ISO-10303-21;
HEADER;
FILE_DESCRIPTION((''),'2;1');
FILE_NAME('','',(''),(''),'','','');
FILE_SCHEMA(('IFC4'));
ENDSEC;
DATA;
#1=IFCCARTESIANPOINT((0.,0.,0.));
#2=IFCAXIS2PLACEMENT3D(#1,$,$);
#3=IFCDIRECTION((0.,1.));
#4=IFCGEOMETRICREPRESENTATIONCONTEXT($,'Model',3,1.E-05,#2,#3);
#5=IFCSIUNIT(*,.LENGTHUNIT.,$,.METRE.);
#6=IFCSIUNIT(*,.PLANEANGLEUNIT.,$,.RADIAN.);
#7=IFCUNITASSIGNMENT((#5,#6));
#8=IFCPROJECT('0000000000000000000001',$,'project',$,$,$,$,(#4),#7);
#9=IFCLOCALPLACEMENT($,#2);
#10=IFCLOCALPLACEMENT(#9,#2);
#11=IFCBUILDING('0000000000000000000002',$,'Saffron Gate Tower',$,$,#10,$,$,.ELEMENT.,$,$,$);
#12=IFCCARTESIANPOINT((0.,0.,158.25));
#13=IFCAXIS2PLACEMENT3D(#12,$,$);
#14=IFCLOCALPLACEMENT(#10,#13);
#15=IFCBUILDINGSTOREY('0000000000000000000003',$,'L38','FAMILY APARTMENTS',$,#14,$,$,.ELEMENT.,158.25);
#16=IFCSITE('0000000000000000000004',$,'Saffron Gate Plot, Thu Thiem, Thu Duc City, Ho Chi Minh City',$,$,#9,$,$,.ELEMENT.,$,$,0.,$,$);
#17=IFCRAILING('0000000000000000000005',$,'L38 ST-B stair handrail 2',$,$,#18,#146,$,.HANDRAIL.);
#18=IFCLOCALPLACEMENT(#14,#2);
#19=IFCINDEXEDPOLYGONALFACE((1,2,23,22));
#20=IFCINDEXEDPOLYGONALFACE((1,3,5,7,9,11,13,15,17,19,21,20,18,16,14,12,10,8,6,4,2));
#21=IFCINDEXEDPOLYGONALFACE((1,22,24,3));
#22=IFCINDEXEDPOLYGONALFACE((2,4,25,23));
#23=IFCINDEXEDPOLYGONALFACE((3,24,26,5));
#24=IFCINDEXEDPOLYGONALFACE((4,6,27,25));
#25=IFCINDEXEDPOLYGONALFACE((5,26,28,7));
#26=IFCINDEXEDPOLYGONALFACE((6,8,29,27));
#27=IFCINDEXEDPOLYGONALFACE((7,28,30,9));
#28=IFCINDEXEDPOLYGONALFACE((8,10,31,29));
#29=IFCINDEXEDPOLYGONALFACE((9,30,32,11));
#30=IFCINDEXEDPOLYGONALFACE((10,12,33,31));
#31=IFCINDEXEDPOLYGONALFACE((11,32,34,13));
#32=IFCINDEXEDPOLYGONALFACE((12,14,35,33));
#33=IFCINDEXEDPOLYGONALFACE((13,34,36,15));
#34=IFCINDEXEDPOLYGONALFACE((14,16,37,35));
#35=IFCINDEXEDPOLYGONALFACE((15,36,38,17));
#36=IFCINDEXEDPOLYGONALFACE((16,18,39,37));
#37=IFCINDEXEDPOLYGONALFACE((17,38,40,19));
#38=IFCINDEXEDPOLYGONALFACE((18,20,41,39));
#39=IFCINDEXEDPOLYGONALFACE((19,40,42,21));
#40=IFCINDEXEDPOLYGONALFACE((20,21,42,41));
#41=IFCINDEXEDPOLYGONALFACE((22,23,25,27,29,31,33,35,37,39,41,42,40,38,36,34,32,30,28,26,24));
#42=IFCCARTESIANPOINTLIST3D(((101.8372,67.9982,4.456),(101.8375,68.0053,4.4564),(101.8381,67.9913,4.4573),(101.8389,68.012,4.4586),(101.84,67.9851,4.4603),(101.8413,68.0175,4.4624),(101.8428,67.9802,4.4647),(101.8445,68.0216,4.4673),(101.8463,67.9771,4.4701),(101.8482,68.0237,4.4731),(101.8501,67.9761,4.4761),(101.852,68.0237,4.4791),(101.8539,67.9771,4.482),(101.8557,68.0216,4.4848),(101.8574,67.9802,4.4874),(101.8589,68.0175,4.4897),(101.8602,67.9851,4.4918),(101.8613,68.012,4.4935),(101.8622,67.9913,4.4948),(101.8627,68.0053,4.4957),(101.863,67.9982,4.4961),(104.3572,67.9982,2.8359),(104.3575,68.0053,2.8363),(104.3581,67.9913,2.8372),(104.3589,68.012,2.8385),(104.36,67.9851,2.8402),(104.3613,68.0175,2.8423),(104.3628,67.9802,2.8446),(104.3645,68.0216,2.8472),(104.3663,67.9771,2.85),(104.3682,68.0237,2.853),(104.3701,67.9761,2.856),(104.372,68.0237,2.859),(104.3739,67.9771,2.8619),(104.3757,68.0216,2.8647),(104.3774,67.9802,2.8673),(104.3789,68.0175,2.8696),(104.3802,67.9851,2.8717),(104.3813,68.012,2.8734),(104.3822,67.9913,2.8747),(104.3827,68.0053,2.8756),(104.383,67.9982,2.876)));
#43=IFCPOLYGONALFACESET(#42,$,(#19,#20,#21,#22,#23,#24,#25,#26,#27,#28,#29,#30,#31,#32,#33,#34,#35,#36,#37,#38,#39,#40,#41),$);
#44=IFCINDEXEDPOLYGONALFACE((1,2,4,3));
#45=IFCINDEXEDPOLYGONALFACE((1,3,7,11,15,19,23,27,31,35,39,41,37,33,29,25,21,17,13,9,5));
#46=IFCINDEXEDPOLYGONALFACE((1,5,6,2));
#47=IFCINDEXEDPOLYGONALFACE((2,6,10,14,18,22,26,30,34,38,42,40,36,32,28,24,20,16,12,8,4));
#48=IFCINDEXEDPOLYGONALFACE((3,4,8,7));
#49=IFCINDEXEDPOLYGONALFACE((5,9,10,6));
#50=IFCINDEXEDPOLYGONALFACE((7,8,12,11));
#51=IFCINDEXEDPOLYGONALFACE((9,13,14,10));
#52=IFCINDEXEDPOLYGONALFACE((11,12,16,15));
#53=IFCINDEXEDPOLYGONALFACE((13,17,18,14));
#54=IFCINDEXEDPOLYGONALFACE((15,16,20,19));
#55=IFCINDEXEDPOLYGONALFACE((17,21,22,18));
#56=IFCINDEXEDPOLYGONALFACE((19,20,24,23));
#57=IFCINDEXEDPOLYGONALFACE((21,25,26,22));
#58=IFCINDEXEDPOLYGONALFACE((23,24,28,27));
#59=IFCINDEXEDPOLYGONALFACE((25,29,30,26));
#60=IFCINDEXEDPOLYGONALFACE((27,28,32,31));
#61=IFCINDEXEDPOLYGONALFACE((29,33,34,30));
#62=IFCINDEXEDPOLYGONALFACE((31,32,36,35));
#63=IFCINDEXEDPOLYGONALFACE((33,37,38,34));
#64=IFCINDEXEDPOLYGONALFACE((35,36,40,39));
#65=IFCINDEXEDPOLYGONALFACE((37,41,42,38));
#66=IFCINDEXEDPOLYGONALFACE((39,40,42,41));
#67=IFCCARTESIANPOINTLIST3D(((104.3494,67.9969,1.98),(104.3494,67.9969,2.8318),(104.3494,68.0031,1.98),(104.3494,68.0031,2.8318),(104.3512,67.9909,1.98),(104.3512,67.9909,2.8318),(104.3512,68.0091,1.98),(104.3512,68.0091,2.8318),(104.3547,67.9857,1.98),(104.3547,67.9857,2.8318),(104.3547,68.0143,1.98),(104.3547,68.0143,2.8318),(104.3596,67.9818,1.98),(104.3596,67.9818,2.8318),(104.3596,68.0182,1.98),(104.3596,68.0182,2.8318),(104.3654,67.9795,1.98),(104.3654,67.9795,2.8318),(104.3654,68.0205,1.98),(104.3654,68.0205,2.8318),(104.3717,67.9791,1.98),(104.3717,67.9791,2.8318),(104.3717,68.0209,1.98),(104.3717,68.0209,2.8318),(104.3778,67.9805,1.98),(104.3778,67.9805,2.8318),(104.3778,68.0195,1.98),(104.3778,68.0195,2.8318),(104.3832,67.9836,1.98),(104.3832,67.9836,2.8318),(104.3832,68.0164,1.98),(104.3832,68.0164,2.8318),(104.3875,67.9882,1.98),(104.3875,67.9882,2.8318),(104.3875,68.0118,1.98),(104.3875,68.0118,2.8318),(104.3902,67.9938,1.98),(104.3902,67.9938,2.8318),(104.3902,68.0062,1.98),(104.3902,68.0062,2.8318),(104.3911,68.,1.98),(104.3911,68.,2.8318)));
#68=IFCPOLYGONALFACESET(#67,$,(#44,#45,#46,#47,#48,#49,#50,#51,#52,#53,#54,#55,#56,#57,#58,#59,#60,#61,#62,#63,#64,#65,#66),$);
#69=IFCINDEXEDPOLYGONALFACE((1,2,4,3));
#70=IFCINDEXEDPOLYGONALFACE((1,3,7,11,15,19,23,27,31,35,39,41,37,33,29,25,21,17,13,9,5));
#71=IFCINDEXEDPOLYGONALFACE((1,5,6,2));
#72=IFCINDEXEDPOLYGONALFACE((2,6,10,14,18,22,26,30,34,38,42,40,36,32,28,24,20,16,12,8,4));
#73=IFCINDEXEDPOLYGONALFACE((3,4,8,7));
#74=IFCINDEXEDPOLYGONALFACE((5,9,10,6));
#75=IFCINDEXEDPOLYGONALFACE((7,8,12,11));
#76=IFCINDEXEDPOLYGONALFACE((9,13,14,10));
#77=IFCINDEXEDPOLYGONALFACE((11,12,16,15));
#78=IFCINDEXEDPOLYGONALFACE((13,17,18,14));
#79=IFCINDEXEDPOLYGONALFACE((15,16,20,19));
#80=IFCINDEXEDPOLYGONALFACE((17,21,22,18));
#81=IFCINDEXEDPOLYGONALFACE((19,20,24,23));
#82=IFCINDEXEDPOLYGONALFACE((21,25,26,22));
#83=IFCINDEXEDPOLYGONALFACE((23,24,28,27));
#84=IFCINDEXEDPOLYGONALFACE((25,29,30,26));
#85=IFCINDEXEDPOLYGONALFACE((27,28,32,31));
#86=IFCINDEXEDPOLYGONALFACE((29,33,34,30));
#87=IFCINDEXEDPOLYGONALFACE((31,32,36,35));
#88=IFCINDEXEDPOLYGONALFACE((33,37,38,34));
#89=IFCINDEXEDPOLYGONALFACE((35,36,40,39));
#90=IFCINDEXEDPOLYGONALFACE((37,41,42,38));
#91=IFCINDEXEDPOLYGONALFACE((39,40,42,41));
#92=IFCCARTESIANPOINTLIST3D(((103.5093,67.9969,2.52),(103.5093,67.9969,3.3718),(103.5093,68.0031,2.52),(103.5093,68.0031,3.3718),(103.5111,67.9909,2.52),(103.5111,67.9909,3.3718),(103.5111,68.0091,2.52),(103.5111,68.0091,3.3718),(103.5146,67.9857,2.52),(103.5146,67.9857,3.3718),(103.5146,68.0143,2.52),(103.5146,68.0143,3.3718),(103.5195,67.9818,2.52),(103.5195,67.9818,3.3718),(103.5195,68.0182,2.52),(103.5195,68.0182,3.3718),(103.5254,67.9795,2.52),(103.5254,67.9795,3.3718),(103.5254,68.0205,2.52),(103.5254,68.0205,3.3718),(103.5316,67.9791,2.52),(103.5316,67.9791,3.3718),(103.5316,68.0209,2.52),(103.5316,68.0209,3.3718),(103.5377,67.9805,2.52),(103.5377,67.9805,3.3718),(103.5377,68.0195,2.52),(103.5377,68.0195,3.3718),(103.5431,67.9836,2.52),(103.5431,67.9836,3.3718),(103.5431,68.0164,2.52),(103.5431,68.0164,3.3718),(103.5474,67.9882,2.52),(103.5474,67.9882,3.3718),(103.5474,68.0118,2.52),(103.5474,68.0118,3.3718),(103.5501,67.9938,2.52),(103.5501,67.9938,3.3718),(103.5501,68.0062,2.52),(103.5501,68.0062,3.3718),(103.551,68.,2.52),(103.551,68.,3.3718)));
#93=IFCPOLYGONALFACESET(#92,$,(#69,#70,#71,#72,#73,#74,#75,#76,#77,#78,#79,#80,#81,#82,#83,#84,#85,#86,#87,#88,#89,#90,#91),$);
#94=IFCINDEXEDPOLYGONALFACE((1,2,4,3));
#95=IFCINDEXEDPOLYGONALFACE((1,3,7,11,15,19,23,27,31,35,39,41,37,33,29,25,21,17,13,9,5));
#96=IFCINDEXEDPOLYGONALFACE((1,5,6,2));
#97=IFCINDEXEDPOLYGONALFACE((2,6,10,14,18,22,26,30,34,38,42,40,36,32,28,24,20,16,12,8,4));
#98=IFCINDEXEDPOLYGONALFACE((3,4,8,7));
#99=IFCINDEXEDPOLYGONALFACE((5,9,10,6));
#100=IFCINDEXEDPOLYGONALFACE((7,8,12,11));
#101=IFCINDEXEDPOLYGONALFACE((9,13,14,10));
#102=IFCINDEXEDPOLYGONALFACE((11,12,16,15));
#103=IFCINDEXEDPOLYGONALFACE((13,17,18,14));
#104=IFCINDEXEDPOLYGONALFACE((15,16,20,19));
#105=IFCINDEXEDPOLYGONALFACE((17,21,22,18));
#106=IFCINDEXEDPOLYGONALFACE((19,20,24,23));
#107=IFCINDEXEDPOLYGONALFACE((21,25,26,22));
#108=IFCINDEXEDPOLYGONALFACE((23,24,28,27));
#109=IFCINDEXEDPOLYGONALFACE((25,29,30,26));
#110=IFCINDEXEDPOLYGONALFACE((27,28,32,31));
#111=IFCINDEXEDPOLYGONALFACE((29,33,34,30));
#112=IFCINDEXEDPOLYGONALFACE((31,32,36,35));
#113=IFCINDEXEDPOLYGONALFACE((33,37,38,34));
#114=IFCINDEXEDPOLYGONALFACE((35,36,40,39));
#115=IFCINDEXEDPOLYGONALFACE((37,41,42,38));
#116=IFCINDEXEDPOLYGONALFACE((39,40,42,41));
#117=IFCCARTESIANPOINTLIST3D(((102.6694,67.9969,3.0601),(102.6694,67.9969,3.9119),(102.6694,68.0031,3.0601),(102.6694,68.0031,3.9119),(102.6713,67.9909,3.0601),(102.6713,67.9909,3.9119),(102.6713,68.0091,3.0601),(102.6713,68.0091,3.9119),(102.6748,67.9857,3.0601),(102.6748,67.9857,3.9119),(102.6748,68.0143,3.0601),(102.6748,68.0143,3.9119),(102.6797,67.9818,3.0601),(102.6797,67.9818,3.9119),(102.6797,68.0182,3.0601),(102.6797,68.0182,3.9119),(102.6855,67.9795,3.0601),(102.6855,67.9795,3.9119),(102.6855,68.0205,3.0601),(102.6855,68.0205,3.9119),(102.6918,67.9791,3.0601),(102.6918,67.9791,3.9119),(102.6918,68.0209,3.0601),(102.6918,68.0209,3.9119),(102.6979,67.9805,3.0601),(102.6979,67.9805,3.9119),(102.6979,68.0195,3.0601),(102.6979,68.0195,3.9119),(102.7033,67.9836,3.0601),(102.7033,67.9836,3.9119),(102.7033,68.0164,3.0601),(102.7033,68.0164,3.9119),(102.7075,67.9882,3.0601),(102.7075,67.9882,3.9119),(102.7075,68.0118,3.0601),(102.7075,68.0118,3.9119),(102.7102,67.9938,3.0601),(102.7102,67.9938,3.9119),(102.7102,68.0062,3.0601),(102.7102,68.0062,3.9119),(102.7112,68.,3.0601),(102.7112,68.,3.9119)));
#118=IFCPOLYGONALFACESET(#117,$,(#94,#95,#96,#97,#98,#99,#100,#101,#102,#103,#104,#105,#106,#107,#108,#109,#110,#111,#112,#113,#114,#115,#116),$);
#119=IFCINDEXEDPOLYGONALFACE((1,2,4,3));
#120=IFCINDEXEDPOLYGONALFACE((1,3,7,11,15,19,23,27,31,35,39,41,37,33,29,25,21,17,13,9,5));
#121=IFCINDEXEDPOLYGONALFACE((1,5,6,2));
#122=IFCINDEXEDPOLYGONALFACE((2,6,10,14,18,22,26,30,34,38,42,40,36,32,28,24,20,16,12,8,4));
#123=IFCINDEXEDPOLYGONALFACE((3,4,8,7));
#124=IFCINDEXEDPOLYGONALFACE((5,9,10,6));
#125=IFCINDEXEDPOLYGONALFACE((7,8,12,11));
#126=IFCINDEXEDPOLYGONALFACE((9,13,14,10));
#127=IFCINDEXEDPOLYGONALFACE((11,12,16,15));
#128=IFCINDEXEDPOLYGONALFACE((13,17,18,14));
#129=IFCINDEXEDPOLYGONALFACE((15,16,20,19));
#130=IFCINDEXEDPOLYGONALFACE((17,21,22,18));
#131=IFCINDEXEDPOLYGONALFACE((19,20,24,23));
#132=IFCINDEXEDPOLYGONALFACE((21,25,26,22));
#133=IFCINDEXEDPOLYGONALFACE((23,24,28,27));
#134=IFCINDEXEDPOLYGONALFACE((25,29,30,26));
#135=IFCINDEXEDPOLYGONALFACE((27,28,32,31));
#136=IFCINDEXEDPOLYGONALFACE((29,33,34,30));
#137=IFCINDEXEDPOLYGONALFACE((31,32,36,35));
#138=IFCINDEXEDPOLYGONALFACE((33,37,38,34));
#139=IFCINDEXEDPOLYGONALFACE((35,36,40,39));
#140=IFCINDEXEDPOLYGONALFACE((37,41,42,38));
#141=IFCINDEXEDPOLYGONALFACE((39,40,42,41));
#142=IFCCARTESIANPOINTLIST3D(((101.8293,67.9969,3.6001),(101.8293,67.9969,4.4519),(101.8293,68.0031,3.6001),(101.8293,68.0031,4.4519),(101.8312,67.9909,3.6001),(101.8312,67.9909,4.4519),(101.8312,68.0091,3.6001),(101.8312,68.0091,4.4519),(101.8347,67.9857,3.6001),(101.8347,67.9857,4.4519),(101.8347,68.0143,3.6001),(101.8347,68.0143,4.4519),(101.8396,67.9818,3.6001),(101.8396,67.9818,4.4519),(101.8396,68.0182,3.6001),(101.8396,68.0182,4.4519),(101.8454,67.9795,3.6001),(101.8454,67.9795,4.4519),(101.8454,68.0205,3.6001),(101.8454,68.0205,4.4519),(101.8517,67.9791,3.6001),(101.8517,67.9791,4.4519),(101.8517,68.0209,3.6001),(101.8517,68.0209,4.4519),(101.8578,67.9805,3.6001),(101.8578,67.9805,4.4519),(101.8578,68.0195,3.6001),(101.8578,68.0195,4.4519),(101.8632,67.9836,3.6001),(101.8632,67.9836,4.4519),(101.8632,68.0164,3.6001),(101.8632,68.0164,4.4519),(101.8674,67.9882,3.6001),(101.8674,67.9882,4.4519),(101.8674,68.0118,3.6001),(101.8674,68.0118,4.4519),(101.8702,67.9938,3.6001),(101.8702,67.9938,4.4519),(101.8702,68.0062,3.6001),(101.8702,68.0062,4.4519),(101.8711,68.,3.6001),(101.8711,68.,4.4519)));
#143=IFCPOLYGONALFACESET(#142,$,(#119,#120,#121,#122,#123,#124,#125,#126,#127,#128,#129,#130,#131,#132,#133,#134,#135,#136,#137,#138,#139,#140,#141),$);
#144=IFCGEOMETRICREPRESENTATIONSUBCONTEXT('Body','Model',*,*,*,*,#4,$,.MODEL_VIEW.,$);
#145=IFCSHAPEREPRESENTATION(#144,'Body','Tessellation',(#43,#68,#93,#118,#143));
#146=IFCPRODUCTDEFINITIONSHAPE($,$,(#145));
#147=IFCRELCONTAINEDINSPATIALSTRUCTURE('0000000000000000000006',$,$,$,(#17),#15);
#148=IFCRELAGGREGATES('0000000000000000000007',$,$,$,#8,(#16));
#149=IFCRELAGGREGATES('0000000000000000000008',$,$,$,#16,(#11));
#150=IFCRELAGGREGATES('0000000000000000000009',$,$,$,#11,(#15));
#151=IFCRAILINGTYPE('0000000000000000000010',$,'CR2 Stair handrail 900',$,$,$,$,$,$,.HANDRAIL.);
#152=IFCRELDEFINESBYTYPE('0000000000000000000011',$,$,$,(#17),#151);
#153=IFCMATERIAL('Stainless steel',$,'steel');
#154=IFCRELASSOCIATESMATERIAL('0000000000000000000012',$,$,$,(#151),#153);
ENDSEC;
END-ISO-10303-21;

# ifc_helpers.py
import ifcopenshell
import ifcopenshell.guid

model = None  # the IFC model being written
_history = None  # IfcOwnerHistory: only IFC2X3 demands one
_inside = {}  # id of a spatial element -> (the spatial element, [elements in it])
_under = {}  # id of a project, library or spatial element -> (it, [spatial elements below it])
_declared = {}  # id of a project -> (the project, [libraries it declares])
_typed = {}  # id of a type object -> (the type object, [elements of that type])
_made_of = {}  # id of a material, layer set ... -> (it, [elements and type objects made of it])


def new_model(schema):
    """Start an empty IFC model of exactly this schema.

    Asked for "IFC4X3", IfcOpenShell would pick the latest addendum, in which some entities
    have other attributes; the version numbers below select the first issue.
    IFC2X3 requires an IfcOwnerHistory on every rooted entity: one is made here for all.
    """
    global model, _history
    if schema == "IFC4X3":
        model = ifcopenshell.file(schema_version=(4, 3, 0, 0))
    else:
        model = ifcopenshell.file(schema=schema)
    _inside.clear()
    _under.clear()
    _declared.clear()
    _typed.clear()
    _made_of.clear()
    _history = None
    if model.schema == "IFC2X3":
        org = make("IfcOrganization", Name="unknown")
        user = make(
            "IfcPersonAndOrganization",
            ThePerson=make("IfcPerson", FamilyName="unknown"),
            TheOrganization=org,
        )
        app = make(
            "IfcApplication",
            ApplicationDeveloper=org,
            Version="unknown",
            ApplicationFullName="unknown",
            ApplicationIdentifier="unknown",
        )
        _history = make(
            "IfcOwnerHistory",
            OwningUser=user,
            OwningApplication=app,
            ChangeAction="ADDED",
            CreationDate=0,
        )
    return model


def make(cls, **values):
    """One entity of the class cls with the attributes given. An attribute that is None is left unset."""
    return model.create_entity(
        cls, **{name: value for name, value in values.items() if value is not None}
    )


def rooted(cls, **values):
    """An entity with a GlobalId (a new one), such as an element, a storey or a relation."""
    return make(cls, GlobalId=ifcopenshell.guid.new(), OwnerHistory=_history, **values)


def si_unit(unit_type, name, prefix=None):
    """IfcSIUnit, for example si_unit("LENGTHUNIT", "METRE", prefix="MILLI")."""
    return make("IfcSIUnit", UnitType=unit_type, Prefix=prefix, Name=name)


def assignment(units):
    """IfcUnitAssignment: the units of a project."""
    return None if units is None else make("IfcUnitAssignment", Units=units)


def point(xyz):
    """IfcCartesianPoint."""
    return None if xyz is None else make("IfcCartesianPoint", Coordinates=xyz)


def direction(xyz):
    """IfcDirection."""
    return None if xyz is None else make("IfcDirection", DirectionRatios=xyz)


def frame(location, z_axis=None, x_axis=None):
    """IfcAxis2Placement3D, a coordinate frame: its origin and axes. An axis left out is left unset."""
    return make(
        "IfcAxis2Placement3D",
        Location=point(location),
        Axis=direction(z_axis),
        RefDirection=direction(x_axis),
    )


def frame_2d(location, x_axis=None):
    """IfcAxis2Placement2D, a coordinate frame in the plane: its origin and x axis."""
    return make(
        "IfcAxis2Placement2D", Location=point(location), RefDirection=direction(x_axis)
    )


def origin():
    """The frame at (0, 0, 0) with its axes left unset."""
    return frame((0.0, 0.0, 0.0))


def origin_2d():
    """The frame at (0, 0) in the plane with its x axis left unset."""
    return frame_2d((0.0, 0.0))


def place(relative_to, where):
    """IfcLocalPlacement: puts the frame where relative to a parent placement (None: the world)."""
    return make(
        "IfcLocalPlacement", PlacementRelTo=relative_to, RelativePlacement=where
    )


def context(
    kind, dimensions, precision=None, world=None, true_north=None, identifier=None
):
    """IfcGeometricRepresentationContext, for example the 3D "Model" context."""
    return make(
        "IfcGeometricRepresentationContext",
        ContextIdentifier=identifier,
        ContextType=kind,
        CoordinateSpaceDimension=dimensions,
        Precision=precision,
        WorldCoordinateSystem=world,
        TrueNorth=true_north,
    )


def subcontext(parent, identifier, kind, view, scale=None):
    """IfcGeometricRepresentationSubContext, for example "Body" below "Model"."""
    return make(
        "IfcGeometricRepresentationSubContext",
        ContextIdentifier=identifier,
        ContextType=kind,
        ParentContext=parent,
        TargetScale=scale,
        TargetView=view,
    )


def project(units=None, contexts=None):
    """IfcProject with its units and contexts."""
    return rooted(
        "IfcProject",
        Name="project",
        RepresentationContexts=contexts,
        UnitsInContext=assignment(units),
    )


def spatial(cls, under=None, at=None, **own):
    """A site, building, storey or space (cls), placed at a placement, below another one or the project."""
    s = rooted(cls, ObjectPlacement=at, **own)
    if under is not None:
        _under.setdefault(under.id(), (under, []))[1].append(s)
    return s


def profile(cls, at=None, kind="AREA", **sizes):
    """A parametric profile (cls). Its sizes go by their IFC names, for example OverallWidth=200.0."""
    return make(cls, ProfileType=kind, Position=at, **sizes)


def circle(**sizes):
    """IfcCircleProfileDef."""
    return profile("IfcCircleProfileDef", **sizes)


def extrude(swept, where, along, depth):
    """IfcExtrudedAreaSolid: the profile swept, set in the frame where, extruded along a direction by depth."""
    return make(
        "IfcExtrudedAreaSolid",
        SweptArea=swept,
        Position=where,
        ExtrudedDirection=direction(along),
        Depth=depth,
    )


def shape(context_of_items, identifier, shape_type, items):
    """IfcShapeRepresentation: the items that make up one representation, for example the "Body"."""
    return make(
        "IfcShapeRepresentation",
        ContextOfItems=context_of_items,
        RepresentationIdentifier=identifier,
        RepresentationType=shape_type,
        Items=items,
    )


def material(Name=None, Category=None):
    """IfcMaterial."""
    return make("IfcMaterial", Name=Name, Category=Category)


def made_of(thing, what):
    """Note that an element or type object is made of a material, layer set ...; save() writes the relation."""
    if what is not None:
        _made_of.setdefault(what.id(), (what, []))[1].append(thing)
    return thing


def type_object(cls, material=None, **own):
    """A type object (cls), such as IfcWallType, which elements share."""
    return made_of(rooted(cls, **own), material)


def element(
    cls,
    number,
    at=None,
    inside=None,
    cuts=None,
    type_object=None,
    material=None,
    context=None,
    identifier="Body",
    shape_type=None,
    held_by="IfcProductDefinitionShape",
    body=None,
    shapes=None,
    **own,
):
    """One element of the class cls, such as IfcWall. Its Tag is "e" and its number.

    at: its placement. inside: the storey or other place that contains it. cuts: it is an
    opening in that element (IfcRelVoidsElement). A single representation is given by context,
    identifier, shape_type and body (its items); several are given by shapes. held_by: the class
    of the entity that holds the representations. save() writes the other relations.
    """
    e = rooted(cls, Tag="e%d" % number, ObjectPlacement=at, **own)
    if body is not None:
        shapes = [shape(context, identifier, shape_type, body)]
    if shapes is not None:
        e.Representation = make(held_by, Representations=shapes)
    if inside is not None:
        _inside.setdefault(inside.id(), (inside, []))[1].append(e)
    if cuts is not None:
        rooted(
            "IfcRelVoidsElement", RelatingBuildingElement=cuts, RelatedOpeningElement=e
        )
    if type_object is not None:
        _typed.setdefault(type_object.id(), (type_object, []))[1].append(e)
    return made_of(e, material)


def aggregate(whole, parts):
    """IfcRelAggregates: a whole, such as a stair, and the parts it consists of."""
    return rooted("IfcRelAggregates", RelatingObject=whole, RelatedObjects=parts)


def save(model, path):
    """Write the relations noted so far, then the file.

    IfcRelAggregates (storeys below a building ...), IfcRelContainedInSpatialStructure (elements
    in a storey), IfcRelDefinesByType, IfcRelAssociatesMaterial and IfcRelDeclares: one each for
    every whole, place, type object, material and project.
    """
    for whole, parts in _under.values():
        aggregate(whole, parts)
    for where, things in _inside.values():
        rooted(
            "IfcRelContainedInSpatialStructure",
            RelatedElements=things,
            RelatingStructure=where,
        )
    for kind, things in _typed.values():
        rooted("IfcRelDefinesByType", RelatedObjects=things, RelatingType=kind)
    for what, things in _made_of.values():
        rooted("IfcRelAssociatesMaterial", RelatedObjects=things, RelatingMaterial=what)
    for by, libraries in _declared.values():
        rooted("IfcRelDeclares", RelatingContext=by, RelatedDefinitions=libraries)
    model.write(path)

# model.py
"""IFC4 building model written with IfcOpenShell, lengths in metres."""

from ifc_helpers import new_model, si_unit, direction, frame, origin, origin_2d, place, context, subcontext, project, spatial, circle, extrude, material, type_object, element, save


model = new_model("IFC4")

# Units and contexts
model_context = context("Model", 3, precision=1e-05, world=origin(), true_north=direction((0.0, 1.0)))
body_context = subcontext(model_context, "Body", "Model", "MODEL_VIEW")
ifc_project = project(units=[si_unit("LENGTHUNIT", "METRE"), si_unit("PLANEANGLEUNIT", "RADIAN")], contexts=[model_context])

# Site, building, storey
site_placement = place(None, origin())
site = spatial("IfcSite", under=ifc_project, at=site_placement, Name="Saffron Gate Plot, Thu Thiem, Thu Duc City, Ho Chi Minh City", CompositionType="ELEMENT", RefElevation=0.0)
building_placement = place(site_placement, origin())
building = spatial("IfcBuilding", under=site, at=building_placement, Name="Saffron Gate Tower", CompositionType="ELEMENT")
storey_placement = place(building_placement, frame((0.0, 0.0, 158.25)))
storey = spatial("IfcBuildingStorey", under=building, at=storey_placement, Name="L38", Description="FAMILY APARTMENTS", CompositionType="ELEMENT", Elevation=158.25)

# Railing
ifc_material_1 = material(Name="Stainless steel", Category="steel")
railing_type_1 = type_object("IfcRailingType", Name="CR2 Stair handrail 900", PredefinedType="HANDRAIL", material=ifc_material_1)
railing_1_placement = place(storey_placement, frame((104.3701, 68.0, 1.98)))
element("IfcRailing", 1, at=railing_1_placement, inside=storey, type_object=railing_type_1, Name="L38 ST-B stair handrail 2", PredefinedType="HANDRAIL", context=body_context, shape_type="SweptSolid", body=[
    extrude(circle(Radius=0.0239, at=origin_2d()), frame((0.0, 0.0, 0.876), z_axis=(-0.841163, 0.0, 0.540782), x_axis=(0.0, -1.0, 0.0)), (0.0, 0.0, 1.0), 2.9958),
    extrude(circle(Radius=0.021, at=origin_2d()), origin(), (0.0, 0.0, 1.0), 0.8518),
    extrude(circle(Radius=0.021, at=origin_2d()), frame((-0.8401, 0.0, 0.54)), (0.0, 0.0, 1.0), 0.8518),
    extrude(circle(Radius=0.021, at=origin_2d()), frame((-1.6799, 0.0, 1.0801)), (0.0, 0.0, 1.0), 0.8518),
    extrude(circle(Radius=0.021, at=origin_2d()), frame((-2.52, 0.0, 1.6201)), (0.0, 0.0, 1.0), 0.8518),
])

save(model, "model.ifc")
